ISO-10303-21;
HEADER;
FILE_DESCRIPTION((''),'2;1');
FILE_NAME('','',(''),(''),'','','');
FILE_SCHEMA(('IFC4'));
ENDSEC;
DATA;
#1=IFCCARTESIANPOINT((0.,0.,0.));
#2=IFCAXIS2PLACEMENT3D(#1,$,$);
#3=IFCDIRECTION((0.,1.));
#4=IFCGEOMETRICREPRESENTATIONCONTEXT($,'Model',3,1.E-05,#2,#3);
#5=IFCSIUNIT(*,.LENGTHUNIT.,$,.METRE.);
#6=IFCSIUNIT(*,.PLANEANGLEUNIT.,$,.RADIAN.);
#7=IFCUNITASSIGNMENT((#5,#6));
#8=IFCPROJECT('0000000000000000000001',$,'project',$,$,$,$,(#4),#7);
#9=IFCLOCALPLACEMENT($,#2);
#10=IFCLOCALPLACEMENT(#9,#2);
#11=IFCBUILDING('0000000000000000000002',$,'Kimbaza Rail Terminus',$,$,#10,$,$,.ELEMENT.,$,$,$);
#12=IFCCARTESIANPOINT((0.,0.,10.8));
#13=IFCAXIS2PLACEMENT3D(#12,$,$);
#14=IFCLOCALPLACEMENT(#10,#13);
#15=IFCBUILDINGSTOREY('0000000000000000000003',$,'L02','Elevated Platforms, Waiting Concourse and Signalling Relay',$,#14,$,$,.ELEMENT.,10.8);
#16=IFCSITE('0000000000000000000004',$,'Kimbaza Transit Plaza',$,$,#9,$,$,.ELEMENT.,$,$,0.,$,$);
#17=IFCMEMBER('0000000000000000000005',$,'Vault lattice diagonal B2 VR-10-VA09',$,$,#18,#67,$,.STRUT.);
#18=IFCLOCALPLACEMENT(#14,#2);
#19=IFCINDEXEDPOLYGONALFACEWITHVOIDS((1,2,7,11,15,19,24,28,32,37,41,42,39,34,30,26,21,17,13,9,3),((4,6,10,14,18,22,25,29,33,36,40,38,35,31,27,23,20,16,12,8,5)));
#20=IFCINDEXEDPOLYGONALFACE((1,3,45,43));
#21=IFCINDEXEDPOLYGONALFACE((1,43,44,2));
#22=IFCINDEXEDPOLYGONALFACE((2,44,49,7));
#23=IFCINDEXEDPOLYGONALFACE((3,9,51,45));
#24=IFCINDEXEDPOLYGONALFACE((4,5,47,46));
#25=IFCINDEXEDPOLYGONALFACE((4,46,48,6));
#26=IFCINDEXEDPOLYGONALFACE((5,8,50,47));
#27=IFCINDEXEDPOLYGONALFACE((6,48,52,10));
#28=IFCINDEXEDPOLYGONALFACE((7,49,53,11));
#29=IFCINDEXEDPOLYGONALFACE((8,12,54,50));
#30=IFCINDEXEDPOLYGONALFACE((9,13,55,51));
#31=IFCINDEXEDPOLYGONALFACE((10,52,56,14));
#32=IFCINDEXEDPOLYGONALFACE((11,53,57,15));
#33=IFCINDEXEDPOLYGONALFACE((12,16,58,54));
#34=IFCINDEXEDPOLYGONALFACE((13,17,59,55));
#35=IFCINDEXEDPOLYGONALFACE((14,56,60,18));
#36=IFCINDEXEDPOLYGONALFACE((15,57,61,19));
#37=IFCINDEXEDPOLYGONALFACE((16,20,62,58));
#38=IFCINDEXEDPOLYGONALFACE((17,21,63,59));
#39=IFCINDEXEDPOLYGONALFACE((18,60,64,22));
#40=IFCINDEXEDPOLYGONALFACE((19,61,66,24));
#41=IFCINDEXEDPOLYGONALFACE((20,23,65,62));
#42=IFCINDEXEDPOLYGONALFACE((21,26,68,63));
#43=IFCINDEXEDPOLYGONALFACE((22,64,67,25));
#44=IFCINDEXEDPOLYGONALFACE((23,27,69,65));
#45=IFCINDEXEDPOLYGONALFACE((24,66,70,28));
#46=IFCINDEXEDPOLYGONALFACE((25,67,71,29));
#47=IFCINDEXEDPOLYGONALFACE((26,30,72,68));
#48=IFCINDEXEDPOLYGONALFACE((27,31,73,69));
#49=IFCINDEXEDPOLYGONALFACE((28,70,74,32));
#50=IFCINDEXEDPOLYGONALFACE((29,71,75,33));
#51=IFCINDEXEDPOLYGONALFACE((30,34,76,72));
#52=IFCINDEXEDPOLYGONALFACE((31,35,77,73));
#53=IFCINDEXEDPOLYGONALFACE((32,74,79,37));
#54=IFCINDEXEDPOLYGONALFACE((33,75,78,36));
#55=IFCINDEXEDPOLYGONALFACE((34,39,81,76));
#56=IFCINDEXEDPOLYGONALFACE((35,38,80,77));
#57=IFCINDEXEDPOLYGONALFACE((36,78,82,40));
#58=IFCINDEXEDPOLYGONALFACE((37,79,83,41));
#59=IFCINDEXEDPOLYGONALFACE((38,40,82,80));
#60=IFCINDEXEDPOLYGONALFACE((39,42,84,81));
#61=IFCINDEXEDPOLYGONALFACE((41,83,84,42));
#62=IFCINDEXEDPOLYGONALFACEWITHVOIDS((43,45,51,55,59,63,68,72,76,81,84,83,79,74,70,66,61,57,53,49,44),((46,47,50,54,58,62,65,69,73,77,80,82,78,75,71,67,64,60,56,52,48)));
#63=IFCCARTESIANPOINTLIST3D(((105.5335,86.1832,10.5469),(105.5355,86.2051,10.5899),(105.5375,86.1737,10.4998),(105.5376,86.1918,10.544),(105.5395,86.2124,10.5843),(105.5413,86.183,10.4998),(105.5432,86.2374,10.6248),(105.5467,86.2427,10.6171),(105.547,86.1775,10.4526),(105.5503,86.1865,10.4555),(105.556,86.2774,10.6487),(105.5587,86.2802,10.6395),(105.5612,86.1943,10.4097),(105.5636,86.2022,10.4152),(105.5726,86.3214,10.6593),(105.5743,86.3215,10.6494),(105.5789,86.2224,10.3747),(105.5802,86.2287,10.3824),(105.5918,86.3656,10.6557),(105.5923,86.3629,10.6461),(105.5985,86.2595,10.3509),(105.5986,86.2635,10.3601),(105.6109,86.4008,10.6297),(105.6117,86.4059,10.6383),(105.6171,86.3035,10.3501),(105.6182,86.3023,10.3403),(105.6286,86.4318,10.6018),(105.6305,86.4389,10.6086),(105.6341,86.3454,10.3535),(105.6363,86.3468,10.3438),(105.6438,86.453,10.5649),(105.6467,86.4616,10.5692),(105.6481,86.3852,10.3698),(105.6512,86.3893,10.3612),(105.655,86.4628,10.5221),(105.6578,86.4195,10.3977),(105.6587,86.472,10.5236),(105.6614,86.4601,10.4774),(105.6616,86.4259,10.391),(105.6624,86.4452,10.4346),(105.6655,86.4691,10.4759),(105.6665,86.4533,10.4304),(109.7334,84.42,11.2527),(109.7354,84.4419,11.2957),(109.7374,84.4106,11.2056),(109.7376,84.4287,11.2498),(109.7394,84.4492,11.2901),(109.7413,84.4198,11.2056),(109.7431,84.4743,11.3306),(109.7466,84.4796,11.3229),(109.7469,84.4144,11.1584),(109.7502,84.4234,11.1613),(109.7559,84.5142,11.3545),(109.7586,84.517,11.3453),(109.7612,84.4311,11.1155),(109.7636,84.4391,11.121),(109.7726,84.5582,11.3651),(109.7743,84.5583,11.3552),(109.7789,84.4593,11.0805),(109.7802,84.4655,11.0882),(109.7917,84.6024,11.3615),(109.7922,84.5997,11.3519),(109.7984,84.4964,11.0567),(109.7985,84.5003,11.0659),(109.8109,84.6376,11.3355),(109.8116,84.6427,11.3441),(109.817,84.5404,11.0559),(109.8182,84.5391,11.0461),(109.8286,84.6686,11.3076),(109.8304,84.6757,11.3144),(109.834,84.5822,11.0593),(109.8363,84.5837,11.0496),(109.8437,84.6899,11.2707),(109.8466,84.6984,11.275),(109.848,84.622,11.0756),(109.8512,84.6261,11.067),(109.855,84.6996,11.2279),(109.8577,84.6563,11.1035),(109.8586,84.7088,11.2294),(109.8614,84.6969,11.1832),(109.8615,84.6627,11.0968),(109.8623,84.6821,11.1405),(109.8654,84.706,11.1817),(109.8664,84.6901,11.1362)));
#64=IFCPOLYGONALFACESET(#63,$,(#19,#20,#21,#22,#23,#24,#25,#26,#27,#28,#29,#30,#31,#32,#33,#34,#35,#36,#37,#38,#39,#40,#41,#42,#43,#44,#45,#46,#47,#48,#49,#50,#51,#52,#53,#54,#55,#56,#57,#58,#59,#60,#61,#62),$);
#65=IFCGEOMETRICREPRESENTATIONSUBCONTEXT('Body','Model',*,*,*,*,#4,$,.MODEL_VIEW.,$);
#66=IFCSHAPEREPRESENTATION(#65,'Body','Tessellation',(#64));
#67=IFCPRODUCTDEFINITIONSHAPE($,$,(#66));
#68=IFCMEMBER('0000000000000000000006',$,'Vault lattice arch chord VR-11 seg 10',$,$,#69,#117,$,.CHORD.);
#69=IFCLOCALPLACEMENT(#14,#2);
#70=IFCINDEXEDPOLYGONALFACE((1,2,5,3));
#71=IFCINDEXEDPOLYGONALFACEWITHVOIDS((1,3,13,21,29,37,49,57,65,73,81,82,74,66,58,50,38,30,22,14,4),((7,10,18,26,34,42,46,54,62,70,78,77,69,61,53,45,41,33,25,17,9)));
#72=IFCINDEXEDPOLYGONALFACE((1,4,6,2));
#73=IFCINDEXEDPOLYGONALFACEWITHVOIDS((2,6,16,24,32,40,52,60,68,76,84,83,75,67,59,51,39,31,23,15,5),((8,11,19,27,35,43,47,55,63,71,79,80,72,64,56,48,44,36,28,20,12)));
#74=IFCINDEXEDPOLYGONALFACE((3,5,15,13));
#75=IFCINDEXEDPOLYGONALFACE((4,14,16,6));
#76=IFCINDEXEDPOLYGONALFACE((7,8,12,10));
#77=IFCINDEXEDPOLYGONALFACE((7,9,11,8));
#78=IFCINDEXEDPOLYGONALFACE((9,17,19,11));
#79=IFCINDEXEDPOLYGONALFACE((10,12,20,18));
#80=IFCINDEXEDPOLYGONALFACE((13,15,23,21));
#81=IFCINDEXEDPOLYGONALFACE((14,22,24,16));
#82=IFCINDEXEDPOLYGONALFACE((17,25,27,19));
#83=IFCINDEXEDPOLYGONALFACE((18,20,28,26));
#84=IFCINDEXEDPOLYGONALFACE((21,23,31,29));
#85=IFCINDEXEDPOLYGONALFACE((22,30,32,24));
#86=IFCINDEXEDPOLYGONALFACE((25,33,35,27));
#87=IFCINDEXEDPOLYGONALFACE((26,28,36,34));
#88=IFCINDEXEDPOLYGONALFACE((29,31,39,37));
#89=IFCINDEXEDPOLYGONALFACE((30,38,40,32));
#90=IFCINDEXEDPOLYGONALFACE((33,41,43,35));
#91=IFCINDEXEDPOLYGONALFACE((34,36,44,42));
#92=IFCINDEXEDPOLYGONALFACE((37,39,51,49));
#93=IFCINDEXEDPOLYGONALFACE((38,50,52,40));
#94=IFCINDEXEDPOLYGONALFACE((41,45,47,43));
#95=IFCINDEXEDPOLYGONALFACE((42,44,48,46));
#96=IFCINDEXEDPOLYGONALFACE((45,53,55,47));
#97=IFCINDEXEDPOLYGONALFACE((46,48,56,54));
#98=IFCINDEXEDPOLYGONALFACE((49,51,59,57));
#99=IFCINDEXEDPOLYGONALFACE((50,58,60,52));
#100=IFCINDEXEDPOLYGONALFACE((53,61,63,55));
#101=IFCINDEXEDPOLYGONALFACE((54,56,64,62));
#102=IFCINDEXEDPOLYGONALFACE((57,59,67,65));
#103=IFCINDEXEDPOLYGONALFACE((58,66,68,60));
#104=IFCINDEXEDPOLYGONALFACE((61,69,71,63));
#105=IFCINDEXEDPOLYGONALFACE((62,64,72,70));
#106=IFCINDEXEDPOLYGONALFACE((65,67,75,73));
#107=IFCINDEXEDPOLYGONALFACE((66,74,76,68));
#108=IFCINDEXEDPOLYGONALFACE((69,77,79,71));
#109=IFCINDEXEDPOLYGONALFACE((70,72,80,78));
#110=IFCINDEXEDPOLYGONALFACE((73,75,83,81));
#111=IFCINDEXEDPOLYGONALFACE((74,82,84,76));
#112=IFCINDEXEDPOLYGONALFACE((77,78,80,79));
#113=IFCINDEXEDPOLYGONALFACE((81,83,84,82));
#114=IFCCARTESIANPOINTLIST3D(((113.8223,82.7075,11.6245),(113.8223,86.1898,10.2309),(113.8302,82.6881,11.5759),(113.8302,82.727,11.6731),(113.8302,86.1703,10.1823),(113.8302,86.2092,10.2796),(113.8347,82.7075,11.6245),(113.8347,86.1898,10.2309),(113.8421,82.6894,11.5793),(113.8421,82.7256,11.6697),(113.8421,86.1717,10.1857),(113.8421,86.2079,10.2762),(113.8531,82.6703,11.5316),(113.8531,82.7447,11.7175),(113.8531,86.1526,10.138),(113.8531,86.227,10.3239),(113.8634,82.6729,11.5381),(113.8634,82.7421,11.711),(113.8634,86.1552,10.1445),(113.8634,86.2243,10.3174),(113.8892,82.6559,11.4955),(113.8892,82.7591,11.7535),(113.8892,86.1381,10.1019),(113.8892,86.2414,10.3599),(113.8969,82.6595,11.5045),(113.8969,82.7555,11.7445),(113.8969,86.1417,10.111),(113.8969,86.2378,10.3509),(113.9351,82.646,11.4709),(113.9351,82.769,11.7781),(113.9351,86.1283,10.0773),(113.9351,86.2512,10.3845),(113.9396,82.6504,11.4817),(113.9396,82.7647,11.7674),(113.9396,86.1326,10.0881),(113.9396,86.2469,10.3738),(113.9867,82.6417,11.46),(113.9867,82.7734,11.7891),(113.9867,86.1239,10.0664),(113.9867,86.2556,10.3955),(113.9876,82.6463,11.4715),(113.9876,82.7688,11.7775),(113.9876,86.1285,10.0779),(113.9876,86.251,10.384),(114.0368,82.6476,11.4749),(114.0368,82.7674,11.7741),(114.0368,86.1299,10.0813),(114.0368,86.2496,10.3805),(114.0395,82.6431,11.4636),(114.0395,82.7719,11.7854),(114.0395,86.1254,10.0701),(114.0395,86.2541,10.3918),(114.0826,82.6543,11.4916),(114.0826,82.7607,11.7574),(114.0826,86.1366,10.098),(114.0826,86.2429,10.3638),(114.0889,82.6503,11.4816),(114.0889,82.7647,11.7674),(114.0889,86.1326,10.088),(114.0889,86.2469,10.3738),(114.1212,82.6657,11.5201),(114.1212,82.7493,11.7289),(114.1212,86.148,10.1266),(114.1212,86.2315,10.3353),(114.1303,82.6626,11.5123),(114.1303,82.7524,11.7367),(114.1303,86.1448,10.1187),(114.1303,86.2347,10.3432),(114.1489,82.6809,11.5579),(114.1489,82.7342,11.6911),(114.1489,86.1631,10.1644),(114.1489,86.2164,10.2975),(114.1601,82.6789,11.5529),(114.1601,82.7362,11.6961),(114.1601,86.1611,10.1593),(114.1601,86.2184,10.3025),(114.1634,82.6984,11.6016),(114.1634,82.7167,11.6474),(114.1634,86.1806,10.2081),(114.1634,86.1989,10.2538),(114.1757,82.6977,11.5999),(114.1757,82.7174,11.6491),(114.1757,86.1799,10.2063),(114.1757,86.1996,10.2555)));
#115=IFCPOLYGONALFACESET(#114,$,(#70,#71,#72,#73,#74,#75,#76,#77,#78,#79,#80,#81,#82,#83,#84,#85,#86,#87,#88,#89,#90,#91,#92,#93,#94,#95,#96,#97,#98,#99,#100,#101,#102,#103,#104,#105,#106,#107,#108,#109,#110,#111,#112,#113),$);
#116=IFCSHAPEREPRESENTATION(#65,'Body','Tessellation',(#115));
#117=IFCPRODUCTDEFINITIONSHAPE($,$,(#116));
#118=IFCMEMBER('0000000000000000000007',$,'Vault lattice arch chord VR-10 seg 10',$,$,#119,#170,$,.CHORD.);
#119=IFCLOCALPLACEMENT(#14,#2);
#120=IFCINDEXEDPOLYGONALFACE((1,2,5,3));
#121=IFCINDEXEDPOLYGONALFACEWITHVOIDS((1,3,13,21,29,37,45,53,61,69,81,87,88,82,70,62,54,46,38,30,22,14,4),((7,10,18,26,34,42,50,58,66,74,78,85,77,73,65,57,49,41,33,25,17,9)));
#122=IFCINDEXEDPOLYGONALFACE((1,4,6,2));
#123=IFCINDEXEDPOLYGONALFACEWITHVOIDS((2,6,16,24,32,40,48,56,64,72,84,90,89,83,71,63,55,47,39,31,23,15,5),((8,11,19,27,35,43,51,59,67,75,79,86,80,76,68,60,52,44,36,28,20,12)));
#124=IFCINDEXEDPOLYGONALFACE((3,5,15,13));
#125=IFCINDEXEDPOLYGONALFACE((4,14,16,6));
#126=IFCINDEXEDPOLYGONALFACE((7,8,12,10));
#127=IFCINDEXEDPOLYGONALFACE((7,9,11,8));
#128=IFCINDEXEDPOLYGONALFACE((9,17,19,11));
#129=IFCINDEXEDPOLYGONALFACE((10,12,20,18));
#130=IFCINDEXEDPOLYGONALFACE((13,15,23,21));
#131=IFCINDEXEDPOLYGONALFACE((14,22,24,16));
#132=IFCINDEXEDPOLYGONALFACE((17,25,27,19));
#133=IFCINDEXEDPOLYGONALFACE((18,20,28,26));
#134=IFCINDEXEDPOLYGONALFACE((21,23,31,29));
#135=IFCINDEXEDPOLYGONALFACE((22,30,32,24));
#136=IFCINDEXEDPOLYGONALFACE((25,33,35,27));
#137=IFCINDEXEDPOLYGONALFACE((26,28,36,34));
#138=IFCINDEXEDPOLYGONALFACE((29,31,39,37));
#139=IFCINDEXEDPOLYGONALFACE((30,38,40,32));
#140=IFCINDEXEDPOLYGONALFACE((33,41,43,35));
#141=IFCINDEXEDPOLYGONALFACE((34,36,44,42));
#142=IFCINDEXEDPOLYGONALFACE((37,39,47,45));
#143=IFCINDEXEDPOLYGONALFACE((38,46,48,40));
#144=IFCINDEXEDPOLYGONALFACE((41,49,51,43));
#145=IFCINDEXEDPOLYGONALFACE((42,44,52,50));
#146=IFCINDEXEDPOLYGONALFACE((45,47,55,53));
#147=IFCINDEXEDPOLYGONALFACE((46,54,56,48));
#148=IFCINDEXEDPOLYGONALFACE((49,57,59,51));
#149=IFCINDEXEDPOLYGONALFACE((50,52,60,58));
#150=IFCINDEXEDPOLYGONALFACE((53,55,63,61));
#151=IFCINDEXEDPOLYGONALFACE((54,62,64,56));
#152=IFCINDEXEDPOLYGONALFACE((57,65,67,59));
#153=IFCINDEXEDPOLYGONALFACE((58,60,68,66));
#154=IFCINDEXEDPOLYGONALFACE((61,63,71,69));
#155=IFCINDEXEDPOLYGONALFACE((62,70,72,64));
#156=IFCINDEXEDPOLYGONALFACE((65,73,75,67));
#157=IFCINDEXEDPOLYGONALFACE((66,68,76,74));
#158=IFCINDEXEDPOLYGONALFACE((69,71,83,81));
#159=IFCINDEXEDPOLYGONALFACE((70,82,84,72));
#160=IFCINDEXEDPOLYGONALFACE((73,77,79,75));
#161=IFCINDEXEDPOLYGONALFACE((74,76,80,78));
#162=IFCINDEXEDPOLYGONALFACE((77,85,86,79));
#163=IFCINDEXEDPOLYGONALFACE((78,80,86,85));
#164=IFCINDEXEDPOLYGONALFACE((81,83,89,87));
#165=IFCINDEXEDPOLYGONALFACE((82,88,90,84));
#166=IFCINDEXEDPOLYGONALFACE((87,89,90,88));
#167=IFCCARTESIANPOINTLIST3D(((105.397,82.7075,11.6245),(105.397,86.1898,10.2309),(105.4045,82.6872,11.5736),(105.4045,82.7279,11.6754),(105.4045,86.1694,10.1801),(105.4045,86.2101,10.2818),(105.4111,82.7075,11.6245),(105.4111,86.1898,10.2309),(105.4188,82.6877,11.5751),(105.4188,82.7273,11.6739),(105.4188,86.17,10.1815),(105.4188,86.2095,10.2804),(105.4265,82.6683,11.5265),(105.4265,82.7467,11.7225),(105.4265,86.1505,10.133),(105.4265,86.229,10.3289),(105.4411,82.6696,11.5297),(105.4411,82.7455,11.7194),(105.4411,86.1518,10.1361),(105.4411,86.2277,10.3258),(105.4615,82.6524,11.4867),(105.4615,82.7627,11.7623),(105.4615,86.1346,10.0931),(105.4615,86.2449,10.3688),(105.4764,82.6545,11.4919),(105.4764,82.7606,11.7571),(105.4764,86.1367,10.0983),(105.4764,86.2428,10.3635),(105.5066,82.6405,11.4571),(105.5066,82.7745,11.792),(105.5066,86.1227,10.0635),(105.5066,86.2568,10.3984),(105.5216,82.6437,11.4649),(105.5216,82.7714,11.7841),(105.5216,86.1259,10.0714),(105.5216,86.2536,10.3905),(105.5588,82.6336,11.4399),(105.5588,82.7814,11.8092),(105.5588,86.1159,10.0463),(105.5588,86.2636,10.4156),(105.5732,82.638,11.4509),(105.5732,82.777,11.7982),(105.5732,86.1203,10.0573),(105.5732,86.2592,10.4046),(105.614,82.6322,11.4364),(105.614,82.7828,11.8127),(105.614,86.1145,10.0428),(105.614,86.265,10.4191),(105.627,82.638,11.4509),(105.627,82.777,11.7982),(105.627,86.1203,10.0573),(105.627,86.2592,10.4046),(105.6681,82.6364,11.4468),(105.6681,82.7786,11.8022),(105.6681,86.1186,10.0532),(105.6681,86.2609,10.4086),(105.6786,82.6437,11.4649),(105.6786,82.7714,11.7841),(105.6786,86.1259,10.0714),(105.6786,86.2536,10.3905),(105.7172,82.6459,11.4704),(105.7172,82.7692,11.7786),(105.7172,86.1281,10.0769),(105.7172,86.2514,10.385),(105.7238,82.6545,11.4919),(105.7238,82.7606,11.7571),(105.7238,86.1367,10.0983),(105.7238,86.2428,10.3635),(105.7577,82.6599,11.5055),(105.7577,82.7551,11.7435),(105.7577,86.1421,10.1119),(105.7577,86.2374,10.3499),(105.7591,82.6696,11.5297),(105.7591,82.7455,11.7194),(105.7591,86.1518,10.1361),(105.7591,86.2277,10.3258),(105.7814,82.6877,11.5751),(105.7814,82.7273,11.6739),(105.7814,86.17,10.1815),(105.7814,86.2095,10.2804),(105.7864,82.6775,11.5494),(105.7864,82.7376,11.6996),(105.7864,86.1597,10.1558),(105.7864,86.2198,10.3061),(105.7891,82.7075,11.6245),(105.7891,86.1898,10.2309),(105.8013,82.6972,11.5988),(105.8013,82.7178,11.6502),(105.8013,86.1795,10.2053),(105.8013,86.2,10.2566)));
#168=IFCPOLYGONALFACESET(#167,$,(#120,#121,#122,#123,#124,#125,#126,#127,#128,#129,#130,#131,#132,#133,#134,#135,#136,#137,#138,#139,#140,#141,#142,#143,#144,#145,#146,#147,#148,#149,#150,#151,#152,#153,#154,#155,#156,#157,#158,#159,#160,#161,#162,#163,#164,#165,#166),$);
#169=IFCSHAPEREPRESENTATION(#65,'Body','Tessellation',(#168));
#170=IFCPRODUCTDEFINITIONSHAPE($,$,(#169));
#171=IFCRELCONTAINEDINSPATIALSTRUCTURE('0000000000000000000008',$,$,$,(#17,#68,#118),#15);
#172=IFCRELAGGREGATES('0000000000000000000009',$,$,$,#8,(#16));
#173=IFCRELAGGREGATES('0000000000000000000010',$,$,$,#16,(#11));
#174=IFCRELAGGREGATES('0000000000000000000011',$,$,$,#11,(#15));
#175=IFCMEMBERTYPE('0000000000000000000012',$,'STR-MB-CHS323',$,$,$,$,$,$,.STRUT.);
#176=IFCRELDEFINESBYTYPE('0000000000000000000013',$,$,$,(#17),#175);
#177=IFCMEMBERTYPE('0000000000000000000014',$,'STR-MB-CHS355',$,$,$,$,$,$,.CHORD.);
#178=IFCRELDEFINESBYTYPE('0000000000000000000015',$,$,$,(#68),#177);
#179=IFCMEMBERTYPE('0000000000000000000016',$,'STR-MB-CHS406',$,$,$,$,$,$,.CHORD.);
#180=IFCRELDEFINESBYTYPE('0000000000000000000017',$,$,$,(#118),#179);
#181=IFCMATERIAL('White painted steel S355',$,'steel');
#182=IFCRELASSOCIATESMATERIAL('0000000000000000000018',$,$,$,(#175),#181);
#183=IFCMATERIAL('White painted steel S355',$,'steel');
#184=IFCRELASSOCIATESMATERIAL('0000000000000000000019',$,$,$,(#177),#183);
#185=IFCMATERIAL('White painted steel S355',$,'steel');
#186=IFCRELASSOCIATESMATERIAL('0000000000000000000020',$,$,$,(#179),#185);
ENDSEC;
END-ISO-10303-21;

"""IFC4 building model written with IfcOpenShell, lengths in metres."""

from ifc_helpers import new_model, si_unit, direction, frame, origin, origin_2d, place, context, subcontext, project, spatial, hollow_circle, extrude, material, material_profile, profile_set, type_object, element, save


model = new_model("IFC4")

# Units and contexts
model_context = context("Model", 3, precision=1e-05, world=origin(), true_north=direction((0.0, 1.0)))
body_context = subcontext(model_context, "Body", "Model", "MODEL_VIEW")
ifc_project = project(units=[si_unit("LENGTHUNIT", "METRE"), si_unit("PLANEANGLEUNIT", "RADIAN")], contexts=[model_context])

# Site, building, storey
site_placement = place(None, origin())
site = spatial("IfcSite", under=ifc_project, at=site_placement, Name="Kimbaza Transit Plaza", CompositionType="ELEMENT", RefElevation=0.0)
building_placement = place(site_placement, origin())
building = spatial("IfcBuilding", under=site, at=building_placement, Name="Kimbaza Rail Terminus", CompositionType="ELEMENT")
storey_placement = place(building_placement, frame((0.0, 0.0, 10.8)))
storey = spatial("IfcBuildingStorey", under=building, at=storey_placement, Name="L02", Description="Elevated Platforms, Waiting Concourse and Signalling Relay", CompositionType="ELEMENT", Elevation=10.8)

# Members
ifc_material_1 = material(Name="White painted steel S355", Category="steel")
ifc_material_profile_1 = material_profile(ifc_material_1, hollow_circle(Radius=0.1619, WallThickness=0.01, at=origin_2d()), Name="CHS 323.9x10")
ifc_profile_set_1 = profile_set([ifc_material_profile_1], Name="White painted steel S355")
member_type_1 = type_object("IfcMemberType", Name="STR-MB-CHS323", PredefinedType="STRUT", material=ifc_profile_set_1)
member_1_placement = place(storey_placement, frame((109.8, 84.5598, 11.2056), z_axis=(-0.911171, 0.382519, -0.153124), x_axis=(-0.387084, -0.922044, 0.0)))
element("IfcMember", 1, at=member_1_placement, inside=storey, type_object=member_type_1, Name="Vault lattice diagonal B2 VR-10-VA09", PredefinedType="STRUT", context=body_context, shape_type="SweptSolid", body=[
    extrude(hollow_circle(Radius=0.1619, WallThickness=0.01, at=origin_2d()), origin(), (0.0, 0.0, 1.0), 4.6094),
])
ifc_material_2 = material(Name="White painted steel S355", Category="steel")
ifc_material_profile_2 = material_profile(ifc_material_2, hollow_circle(Radius=0.1777, WallThickness=0.0125, at=origin_2d()), Name="CHS 355.6x12.5")
ifc_profile_set_2 = profile_set([ifc_material_profile_2], Name="White painted steel S355")
member_type_2 = type_object("IfcMemberType", Name="STR-MB-CHS355", PredefinedType="CHORD", material=ifc_profile_set_2)
member_2_placement = place(storey_placement, frame((114.0, 82.7075, 11.6245), z_axis=(0.0, 0.928414, -0.371548), x_axis=(-1.0, 0.0, 0.0)))
element("IfcMember", 2, at=member_2_placement, inside=storey, type_object=member_type_2, Name="Vault lattice arch chord VR-11 seg 10", PredefinedType="CHORD", context=body_context, shape_type="SweptSolid", body=[
    extrude(hollow_circle(Radius=0.1777, WallThickness=0.0125, at=origin_2d()), origin(), (0.0, 0.0, 1.0), 3.7507),
])
ifc_material_3 = material(Name="White painted steel S355", Category="steel")
ifc_material_profile_3 = material_profile(ifc_material_3, hollow_circle(Radius=0.2031, WallThickness=0.0142, at=origin_2d()), Name="CHS 406.4x14.2")
ifc_profile_set_3 = profile_set([ifc_material_profile_3], Name="White painted steel S355")
member_type_3 = type_object("IfcMemberType", Name="STR-MB-CHS406", PredefinedType="CHORD", material=ifc_profile_set_3)
member_3_placement = place(storey_placement, frame((105.6001, 82.7075, 11.6245), z_axis=(0.0, 0.928414, -0.371548), x_axis=(-1.0, 0.0, 0.0)))
element("IfcMember", 3, at=member_3_placement, inside=storey, type_object=member_type_3, Name="Vault lattice arch chord VR-10 seg 10", PredefinedType="CHORD", context=body_context, shape_type="SweptSolid", body=[
    extrude(hollow_circle(Radius=0.2031, WallThickness=0.0142, at=origin_2d()), origin(), (0.0, 0.0, 1.0), 3.7507),
])

save(model, "model.ifc")
